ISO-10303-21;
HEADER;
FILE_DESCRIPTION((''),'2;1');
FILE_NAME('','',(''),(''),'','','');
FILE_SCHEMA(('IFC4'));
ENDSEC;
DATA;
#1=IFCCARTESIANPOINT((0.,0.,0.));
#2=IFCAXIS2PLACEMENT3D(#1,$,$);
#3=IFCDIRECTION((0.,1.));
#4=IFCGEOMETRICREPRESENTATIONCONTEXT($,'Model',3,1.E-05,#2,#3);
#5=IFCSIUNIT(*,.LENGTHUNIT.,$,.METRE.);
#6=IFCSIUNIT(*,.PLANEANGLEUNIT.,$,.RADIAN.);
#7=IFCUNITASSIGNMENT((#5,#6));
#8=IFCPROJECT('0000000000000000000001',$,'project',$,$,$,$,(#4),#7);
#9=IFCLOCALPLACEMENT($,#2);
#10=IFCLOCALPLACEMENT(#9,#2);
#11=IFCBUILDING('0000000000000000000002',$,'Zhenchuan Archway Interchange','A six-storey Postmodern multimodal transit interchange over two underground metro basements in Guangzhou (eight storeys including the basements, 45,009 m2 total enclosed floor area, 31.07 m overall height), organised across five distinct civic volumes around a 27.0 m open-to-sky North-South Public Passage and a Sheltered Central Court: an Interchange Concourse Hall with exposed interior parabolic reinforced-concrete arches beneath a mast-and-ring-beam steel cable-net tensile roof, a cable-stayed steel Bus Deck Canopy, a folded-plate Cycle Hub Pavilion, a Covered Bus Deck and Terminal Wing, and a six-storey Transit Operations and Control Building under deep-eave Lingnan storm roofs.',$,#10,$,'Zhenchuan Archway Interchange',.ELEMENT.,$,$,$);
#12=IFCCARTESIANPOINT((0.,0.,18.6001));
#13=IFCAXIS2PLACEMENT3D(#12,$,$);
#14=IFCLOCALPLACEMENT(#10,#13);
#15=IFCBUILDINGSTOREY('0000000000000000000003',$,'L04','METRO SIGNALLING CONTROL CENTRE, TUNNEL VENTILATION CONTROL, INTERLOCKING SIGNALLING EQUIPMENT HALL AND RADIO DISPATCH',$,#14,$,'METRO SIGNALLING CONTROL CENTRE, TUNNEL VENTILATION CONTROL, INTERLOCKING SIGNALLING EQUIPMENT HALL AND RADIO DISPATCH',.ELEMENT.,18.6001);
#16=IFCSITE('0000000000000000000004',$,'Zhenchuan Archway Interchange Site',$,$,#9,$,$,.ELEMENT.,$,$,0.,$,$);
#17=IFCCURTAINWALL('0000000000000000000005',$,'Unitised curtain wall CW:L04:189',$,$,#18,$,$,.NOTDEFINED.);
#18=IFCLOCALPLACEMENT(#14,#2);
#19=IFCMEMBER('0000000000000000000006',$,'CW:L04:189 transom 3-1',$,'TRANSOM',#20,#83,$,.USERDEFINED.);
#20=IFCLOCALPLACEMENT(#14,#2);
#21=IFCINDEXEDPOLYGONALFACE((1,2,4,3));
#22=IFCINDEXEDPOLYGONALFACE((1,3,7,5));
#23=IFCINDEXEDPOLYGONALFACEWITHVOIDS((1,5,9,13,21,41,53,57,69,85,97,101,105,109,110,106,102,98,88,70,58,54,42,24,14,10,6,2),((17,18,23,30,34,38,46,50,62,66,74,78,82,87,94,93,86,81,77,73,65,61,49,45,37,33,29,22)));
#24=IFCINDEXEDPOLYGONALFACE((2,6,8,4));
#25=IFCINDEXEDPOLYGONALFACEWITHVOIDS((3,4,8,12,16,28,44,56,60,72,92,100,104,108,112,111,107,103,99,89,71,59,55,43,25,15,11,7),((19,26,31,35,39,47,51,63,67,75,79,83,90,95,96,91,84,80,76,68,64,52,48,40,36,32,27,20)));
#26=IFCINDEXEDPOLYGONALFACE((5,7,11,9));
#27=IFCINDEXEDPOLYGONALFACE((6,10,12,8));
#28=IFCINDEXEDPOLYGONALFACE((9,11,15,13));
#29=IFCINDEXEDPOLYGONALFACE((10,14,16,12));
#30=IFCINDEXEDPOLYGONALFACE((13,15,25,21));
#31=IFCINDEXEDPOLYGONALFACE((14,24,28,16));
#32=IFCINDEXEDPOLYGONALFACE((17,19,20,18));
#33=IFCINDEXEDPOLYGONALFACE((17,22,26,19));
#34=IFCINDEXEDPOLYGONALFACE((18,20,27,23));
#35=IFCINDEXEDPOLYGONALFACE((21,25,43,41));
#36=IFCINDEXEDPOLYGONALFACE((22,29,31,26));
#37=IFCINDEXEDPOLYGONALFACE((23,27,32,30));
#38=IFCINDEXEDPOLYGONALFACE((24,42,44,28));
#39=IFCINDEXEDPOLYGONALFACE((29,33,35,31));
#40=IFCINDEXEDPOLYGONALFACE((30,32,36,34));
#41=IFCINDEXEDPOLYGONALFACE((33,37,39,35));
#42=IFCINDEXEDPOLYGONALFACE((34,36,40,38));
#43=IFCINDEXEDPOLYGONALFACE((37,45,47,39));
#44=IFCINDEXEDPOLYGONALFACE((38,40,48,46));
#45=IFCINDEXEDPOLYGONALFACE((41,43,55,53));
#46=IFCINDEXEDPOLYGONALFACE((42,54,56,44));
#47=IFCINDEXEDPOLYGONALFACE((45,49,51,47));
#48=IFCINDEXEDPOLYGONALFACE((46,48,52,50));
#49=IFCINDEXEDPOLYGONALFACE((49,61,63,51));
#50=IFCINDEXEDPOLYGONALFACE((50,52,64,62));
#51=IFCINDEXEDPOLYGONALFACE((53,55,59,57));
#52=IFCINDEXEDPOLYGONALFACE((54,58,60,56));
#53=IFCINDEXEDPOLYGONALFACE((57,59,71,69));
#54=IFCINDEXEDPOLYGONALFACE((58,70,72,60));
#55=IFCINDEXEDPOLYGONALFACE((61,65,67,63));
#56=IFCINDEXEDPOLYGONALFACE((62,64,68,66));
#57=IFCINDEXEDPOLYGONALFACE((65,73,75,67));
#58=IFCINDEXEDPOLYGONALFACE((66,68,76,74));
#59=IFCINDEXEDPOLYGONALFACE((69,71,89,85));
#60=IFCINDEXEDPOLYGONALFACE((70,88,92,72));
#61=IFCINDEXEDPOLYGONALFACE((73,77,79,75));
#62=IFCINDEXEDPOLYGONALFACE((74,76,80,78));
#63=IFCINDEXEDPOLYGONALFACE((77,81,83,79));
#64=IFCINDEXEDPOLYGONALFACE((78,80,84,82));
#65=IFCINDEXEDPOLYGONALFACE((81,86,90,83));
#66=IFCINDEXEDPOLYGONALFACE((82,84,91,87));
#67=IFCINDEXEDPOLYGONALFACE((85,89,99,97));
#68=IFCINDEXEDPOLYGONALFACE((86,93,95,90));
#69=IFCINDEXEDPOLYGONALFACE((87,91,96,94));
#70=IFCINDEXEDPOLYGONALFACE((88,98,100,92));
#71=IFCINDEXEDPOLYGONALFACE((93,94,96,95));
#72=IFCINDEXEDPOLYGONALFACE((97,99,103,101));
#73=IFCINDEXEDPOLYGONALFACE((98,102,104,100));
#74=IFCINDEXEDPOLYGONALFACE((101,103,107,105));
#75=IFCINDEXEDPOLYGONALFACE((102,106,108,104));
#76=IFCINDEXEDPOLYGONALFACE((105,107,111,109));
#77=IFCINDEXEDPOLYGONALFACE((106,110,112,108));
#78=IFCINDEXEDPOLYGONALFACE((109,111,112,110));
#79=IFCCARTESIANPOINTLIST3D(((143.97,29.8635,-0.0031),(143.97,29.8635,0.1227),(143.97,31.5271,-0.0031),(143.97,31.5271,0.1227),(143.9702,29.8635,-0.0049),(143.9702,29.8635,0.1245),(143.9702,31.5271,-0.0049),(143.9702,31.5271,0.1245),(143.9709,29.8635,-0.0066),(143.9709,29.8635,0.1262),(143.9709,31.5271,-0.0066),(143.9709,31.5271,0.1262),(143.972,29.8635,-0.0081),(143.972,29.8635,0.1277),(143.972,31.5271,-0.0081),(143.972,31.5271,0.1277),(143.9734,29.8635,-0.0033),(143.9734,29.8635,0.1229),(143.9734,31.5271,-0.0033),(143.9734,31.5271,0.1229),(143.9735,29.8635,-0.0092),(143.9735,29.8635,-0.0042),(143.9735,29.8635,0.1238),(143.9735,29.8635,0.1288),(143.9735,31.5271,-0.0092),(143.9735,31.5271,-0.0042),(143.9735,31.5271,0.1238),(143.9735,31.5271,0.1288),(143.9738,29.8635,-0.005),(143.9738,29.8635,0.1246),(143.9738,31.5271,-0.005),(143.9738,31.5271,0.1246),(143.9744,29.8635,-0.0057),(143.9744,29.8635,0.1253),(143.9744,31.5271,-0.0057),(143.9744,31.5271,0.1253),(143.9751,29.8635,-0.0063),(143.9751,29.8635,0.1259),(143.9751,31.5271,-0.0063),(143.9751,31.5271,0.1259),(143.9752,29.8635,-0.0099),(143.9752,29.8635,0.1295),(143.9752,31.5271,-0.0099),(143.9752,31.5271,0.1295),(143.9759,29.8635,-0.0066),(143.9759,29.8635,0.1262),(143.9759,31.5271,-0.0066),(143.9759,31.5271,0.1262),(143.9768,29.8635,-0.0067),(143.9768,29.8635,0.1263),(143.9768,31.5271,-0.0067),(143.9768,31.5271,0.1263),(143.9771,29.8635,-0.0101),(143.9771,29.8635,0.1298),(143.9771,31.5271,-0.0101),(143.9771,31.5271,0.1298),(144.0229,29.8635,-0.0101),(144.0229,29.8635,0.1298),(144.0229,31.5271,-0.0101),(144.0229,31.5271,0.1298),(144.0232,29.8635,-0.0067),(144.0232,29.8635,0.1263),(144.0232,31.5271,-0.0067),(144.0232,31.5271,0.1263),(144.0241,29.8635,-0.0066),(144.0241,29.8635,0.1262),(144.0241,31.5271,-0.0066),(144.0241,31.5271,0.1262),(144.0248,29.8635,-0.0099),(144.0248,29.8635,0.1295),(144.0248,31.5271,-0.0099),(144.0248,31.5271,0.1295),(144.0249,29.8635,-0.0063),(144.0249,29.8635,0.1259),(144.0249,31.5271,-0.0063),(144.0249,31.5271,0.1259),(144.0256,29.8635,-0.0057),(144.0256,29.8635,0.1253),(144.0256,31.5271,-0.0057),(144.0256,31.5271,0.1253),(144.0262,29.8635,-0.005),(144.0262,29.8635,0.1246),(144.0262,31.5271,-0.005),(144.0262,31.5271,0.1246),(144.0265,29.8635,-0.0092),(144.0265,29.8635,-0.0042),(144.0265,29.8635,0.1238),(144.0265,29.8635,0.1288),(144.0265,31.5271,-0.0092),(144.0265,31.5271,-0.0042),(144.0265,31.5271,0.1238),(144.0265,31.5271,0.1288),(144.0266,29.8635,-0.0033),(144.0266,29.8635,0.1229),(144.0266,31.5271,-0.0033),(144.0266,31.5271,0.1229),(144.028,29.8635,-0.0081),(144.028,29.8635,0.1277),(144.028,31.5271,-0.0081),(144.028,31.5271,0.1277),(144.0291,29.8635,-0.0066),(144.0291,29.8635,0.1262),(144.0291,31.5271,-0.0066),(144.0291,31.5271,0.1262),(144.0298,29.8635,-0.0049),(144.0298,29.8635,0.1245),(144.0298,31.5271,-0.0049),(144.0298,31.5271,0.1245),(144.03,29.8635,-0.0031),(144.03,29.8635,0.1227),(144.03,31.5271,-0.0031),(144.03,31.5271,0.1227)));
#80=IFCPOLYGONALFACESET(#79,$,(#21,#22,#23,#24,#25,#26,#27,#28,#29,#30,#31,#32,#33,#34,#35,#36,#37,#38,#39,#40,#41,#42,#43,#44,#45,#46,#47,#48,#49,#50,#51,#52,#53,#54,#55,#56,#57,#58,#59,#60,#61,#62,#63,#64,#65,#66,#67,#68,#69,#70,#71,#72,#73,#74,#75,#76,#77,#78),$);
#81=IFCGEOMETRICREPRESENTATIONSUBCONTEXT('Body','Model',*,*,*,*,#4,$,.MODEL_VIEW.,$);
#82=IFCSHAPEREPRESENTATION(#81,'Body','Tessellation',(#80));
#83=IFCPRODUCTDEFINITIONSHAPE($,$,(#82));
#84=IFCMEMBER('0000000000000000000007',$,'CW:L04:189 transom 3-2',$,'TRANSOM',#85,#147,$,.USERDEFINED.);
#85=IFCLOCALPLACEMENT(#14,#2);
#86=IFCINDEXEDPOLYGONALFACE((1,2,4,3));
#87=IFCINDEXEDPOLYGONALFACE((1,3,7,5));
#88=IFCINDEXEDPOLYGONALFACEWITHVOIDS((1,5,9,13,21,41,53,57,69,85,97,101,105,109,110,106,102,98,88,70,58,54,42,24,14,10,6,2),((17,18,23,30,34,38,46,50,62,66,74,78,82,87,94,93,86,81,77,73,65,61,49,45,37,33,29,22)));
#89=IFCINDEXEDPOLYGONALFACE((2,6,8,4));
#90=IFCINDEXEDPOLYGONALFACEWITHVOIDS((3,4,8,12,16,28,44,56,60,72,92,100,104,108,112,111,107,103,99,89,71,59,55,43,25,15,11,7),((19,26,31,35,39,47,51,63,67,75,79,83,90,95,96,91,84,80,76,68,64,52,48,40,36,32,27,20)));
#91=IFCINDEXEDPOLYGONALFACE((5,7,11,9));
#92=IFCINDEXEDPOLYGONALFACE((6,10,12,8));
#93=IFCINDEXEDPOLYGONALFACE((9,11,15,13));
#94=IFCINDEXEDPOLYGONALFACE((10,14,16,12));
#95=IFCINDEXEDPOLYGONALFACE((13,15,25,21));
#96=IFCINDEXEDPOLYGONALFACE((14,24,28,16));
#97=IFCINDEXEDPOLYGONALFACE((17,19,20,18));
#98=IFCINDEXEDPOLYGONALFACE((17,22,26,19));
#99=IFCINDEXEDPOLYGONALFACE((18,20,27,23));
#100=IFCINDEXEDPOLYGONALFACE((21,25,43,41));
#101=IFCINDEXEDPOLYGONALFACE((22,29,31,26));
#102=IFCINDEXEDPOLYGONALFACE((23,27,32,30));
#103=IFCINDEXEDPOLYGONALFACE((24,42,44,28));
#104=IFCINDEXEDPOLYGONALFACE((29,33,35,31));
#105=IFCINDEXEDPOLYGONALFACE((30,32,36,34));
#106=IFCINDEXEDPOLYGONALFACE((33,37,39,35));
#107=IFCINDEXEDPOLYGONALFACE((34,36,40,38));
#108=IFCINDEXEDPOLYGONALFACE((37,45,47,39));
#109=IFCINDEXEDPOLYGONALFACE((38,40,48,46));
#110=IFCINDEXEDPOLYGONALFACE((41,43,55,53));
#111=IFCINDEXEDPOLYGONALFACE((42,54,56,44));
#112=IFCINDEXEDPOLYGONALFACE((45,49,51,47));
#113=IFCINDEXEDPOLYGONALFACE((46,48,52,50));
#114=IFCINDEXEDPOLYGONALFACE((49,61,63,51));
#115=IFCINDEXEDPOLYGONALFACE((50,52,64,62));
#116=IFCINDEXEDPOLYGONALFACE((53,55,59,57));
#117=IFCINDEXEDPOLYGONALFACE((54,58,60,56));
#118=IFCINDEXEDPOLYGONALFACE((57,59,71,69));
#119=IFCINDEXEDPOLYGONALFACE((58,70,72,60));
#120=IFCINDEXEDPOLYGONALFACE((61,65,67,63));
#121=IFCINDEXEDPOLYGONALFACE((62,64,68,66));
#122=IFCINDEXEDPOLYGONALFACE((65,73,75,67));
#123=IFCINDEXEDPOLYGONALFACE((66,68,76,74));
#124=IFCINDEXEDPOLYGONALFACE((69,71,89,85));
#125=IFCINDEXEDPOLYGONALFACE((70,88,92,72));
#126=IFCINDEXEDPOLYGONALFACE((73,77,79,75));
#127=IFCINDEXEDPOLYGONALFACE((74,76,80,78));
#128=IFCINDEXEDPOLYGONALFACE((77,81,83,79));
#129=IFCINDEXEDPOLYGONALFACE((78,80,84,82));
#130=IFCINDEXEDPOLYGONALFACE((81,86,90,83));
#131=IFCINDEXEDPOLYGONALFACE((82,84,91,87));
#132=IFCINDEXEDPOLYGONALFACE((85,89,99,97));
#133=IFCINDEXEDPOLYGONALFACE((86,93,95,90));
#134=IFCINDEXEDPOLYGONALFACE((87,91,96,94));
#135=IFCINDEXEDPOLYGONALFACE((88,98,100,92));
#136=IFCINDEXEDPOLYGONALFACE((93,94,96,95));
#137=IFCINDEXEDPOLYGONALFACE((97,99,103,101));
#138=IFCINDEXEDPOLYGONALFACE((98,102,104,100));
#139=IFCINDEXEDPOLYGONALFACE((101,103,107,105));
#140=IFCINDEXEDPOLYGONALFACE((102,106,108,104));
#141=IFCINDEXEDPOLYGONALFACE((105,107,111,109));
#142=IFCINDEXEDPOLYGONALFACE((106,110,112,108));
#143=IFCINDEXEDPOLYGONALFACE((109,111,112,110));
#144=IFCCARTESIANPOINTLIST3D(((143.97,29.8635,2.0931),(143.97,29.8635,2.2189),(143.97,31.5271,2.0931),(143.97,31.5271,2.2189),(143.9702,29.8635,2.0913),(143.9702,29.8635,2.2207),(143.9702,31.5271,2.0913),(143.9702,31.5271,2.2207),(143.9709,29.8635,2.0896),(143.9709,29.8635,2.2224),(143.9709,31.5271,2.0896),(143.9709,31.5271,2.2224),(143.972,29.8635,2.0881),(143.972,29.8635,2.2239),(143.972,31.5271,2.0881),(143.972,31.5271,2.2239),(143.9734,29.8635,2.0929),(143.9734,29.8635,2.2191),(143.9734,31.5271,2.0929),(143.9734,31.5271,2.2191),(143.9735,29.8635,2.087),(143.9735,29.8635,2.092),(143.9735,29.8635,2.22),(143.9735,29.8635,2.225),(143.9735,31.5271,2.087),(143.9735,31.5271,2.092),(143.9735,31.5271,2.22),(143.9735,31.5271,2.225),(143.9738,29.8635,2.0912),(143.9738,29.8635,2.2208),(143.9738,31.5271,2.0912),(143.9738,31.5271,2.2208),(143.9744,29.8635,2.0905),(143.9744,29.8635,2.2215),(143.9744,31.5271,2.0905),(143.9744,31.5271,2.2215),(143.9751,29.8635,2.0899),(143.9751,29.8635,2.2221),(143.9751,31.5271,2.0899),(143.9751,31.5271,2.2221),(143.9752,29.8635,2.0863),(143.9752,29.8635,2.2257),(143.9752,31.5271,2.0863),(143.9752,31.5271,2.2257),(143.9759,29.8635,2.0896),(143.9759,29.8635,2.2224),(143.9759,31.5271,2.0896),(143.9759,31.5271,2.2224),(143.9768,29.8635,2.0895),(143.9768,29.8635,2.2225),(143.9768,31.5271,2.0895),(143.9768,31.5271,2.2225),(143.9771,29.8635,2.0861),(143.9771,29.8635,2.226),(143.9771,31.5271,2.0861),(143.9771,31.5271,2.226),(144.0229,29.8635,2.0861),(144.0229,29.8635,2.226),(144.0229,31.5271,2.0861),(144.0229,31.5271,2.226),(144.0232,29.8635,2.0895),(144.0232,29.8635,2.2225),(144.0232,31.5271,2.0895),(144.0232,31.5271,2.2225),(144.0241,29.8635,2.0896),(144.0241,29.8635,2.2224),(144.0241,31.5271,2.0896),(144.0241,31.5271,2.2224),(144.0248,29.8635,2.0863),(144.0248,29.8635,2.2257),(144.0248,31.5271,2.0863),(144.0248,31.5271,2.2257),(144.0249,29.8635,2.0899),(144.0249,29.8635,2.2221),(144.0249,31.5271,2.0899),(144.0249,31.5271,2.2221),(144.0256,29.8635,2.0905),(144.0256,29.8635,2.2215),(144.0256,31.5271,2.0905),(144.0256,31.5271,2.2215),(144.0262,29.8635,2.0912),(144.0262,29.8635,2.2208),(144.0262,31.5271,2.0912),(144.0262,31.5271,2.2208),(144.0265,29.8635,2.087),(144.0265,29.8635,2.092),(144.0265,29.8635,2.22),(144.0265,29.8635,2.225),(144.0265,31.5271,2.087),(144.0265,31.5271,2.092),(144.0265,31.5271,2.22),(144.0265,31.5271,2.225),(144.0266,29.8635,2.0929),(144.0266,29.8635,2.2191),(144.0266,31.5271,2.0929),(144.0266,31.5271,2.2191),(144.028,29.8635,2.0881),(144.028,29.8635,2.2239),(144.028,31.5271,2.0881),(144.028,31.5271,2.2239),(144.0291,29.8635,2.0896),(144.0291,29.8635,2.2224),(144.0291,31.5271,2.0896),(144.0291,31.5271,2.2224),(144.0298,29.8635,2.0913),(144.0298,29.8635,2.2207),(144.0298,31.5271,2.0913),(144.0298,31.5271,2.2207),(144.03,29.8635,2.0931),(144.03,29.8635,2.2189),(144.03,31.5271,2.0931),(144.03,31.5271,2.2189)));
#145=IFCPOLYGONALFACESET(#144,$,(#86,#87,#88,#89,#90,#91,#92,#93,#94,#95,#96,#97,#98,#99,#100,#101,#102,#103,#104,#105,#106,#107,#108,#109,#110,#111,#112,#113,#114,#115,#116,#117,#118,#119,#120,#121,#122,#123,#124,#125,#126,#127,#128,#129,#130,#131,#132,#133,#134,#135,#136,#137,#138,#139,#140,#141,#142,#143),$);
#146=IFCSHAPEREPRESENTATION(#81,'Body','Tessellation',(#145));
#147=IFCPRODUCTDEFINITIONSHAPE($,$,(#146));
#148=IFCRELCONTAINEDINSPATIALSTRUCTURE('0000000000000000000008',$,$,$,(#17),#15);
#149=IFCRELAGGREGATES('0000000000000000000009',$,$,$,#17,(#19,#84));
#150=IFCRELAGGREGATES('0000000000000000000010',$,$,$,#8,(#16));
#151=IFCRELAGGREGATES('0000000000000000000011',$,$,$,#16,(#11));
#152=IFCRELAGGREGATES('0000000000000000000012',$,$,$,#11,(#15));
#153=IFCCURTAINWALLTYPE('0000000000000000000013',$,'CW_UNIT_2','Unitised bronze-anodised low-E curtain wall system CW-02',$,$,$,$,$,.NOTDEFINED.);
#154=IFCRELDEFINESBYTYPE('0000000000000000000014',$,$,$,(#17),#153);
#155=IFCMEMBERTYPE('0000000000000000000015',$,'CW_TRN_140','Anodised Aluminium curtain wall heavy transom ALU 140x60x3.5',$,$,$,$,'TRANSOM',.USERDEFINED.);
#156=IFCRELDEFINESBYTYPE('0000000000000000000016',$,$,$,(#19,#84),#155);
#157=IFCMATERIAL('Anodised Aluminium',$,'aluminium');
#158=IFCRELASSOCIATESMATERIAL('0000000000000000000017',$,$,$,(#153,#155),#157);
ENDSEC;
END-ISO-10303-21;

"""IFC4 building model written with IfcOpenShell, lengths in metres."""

from ifc_helpers import new_model, si_unit, direction, frame, origin, origin_2d, place, context, subcontext, project, spatial, hollow_rectangle, extrude, material, material_profile, profile_set, type_object, element, aggregate, save


model = new_model("IFC4")

# Units and contexts
model_context = context("Model", 3, precision=1e-05, world=origin(), true_north=direction((0.0, 1.0)))
body_context = subcontext(model_context, "Body", "Model", "MODEL_VIEW")
ifc_project = project(units=[si_unit("LENGTHUNIT", "METRE"), si_unit("PLANEANGLEUNIT", "RADIAN")], contexts=[model_context])

# Site, building, storey
site_placement = place(None, origin())
site = spatial("IfcSite", under=ifc_project, at=site_placement, Name="Zhenchuan Archway Interchange Site", CompositionType="ELEMENT", RefElevation=0.0)
building_placement = place(site_placement, origin())
building = spatial("IfcBuilding", under=site, at=building_placement, Name="Zhenchuan Archway Interchange", Description="A six-storey Postmodern multimodal transit interchange over two underground metro basements in Guangzhou (eight storeys including the basements, 45,009 m2 total enclosed floor area, 31.07 m overall height), organised across five distinct civic volumes around a 27.0 m open-to-sky North-South Public Passage and a Sheltered Central Court: an Interchange Concourse Hall with exposed interior parabolic reinforced-concrete arches beneath a mast-and-ring-beam steel cable-net tensile roof, a cable-stayed steel Bus Deck Canopy, a folded-plate Cycle Hub Pavilion, a Covered Bus Deck and Terminal Wing, and a six-storey Transit Operations and Control Building under deep-eave Lingnan storm roofs.", LongName="Zhenchuan Archway Interchange", CompositionType="ELEMENT")
storey_placement = place(building_placement, frame((0.0, 0.0, 18.6001)))
storey = spatial("IfcBuildingStorey", under=building, at=storey_placement, Name="L04", Description="METRO SIGNALLING CONTROL CENTRE, TUNNEL VENTILATION CONTROL, INTERLOCKING SIGNALLING EQUIPMENT HALL AND RADIO DISPATCH", LongName="METRO SIGNALLING CONTROL CENTRE, TUNNEL VENTILATION CONTROL, INTERLOCKING SIGNALLING EQUIPMENT HALL AND RADIO DISPATCH", CompositionType="ELEMENT", Elevation=18.6001)

# Curtain wall, members
ifc_material_1 = material(Name="Anodised Aluminium", Category="aluminium")
curtain_wall_type = type_object("IfcCurtainWallType", Name="CW_UNIT_2", Description="Unitised bronze-anodised low-E curtain wall system CW-02", PredefinedType="NOTDEFINED", material=ifc_material_1)
curtain_wall_placement = place(storey_placement, origin())
curtain_wall = element("IfcCurtainWall", 1, at=curtain_wall_placement, inside=storey, type_object=curtain_wall_type, Name="Unitised curtain wall CW:L04:189", PredefinedType="NOTDEFINED")
ifc_material_profile_1 = material_profile(ifc_material_1, hollow_rectangle(XDim=0.0601, YDim=0.1399, WallThickness=0.0034, InnerFilletRadius=0.0034, OuterFilletRadius=0.0071, at=origin_2d()), Name="ALU 140x60x3.5")
ifc_profile_set_1 = profile_set([ifc_material_profile_1], Name="Anodised Aluminium")
member_type_1 = type_object("IfcMemberType", Name="CW_TRN_140", Description="Anodised Aluminium curtain wall heavy transom ALU 140x60x3.5", ElementType="TRANSOM", PredefinedType="USERDEFINED", material=ifc_profile_set_1)
member_1_placement = place(storey_placement, frame((144.0, 29.8635, 0.0598), z_axis=(0.0, 1.0, 0.0), x_axis=(-1.0, 0.0, 0.0)))
member_1 = element("IfcMember", 2, at=member_1_placement, type_object=member_type_1, Name="CW:L04:189 transom 3-1", ObjectType="TRANSOM", PredefinedType="USERDEFINED", context=body_context, shape_type="SweptSolid", body=[
    extrude(hollow_rectangle(XDim=0.0601, YDim=0.1399, WallThickness=0.0034, InnerFilletRadius=0.0034, OuterFilletRadius=0.0071, at=origin_2d()), origin(), (0.0, 0.0, 1.0), 1.6636),
])
member_2_placement = place(storey_placement, frame((144.0, 29.8635, 2.156), z_axis=(0.0, 1.0, 0.0), x_axis=(-1.0, 0.0, 0.0)))
member_2 = element("IfcMember", 3, at=member_2_placement, type_object=member_type_1, Name="CW:L04:189 transom 3-2", ObjectType="TRANSOM", PredefinedType="USERDEFINED", context=body_context, shape_type="SweptSolid", body=[
    extrude(hollow_rectangle(XDim=0.0601, YDim=0.1399, WallThickness=0.0034, InnerFilletRadius=0.0034, OuterFilletRadius=0.0071, at=origin_2d()), origin(), (0.0, 0.0, 1.0), 1.6636),
])

aggregate(curtain_wall, [member_1, member_2])

save(model, "model.ifc")
